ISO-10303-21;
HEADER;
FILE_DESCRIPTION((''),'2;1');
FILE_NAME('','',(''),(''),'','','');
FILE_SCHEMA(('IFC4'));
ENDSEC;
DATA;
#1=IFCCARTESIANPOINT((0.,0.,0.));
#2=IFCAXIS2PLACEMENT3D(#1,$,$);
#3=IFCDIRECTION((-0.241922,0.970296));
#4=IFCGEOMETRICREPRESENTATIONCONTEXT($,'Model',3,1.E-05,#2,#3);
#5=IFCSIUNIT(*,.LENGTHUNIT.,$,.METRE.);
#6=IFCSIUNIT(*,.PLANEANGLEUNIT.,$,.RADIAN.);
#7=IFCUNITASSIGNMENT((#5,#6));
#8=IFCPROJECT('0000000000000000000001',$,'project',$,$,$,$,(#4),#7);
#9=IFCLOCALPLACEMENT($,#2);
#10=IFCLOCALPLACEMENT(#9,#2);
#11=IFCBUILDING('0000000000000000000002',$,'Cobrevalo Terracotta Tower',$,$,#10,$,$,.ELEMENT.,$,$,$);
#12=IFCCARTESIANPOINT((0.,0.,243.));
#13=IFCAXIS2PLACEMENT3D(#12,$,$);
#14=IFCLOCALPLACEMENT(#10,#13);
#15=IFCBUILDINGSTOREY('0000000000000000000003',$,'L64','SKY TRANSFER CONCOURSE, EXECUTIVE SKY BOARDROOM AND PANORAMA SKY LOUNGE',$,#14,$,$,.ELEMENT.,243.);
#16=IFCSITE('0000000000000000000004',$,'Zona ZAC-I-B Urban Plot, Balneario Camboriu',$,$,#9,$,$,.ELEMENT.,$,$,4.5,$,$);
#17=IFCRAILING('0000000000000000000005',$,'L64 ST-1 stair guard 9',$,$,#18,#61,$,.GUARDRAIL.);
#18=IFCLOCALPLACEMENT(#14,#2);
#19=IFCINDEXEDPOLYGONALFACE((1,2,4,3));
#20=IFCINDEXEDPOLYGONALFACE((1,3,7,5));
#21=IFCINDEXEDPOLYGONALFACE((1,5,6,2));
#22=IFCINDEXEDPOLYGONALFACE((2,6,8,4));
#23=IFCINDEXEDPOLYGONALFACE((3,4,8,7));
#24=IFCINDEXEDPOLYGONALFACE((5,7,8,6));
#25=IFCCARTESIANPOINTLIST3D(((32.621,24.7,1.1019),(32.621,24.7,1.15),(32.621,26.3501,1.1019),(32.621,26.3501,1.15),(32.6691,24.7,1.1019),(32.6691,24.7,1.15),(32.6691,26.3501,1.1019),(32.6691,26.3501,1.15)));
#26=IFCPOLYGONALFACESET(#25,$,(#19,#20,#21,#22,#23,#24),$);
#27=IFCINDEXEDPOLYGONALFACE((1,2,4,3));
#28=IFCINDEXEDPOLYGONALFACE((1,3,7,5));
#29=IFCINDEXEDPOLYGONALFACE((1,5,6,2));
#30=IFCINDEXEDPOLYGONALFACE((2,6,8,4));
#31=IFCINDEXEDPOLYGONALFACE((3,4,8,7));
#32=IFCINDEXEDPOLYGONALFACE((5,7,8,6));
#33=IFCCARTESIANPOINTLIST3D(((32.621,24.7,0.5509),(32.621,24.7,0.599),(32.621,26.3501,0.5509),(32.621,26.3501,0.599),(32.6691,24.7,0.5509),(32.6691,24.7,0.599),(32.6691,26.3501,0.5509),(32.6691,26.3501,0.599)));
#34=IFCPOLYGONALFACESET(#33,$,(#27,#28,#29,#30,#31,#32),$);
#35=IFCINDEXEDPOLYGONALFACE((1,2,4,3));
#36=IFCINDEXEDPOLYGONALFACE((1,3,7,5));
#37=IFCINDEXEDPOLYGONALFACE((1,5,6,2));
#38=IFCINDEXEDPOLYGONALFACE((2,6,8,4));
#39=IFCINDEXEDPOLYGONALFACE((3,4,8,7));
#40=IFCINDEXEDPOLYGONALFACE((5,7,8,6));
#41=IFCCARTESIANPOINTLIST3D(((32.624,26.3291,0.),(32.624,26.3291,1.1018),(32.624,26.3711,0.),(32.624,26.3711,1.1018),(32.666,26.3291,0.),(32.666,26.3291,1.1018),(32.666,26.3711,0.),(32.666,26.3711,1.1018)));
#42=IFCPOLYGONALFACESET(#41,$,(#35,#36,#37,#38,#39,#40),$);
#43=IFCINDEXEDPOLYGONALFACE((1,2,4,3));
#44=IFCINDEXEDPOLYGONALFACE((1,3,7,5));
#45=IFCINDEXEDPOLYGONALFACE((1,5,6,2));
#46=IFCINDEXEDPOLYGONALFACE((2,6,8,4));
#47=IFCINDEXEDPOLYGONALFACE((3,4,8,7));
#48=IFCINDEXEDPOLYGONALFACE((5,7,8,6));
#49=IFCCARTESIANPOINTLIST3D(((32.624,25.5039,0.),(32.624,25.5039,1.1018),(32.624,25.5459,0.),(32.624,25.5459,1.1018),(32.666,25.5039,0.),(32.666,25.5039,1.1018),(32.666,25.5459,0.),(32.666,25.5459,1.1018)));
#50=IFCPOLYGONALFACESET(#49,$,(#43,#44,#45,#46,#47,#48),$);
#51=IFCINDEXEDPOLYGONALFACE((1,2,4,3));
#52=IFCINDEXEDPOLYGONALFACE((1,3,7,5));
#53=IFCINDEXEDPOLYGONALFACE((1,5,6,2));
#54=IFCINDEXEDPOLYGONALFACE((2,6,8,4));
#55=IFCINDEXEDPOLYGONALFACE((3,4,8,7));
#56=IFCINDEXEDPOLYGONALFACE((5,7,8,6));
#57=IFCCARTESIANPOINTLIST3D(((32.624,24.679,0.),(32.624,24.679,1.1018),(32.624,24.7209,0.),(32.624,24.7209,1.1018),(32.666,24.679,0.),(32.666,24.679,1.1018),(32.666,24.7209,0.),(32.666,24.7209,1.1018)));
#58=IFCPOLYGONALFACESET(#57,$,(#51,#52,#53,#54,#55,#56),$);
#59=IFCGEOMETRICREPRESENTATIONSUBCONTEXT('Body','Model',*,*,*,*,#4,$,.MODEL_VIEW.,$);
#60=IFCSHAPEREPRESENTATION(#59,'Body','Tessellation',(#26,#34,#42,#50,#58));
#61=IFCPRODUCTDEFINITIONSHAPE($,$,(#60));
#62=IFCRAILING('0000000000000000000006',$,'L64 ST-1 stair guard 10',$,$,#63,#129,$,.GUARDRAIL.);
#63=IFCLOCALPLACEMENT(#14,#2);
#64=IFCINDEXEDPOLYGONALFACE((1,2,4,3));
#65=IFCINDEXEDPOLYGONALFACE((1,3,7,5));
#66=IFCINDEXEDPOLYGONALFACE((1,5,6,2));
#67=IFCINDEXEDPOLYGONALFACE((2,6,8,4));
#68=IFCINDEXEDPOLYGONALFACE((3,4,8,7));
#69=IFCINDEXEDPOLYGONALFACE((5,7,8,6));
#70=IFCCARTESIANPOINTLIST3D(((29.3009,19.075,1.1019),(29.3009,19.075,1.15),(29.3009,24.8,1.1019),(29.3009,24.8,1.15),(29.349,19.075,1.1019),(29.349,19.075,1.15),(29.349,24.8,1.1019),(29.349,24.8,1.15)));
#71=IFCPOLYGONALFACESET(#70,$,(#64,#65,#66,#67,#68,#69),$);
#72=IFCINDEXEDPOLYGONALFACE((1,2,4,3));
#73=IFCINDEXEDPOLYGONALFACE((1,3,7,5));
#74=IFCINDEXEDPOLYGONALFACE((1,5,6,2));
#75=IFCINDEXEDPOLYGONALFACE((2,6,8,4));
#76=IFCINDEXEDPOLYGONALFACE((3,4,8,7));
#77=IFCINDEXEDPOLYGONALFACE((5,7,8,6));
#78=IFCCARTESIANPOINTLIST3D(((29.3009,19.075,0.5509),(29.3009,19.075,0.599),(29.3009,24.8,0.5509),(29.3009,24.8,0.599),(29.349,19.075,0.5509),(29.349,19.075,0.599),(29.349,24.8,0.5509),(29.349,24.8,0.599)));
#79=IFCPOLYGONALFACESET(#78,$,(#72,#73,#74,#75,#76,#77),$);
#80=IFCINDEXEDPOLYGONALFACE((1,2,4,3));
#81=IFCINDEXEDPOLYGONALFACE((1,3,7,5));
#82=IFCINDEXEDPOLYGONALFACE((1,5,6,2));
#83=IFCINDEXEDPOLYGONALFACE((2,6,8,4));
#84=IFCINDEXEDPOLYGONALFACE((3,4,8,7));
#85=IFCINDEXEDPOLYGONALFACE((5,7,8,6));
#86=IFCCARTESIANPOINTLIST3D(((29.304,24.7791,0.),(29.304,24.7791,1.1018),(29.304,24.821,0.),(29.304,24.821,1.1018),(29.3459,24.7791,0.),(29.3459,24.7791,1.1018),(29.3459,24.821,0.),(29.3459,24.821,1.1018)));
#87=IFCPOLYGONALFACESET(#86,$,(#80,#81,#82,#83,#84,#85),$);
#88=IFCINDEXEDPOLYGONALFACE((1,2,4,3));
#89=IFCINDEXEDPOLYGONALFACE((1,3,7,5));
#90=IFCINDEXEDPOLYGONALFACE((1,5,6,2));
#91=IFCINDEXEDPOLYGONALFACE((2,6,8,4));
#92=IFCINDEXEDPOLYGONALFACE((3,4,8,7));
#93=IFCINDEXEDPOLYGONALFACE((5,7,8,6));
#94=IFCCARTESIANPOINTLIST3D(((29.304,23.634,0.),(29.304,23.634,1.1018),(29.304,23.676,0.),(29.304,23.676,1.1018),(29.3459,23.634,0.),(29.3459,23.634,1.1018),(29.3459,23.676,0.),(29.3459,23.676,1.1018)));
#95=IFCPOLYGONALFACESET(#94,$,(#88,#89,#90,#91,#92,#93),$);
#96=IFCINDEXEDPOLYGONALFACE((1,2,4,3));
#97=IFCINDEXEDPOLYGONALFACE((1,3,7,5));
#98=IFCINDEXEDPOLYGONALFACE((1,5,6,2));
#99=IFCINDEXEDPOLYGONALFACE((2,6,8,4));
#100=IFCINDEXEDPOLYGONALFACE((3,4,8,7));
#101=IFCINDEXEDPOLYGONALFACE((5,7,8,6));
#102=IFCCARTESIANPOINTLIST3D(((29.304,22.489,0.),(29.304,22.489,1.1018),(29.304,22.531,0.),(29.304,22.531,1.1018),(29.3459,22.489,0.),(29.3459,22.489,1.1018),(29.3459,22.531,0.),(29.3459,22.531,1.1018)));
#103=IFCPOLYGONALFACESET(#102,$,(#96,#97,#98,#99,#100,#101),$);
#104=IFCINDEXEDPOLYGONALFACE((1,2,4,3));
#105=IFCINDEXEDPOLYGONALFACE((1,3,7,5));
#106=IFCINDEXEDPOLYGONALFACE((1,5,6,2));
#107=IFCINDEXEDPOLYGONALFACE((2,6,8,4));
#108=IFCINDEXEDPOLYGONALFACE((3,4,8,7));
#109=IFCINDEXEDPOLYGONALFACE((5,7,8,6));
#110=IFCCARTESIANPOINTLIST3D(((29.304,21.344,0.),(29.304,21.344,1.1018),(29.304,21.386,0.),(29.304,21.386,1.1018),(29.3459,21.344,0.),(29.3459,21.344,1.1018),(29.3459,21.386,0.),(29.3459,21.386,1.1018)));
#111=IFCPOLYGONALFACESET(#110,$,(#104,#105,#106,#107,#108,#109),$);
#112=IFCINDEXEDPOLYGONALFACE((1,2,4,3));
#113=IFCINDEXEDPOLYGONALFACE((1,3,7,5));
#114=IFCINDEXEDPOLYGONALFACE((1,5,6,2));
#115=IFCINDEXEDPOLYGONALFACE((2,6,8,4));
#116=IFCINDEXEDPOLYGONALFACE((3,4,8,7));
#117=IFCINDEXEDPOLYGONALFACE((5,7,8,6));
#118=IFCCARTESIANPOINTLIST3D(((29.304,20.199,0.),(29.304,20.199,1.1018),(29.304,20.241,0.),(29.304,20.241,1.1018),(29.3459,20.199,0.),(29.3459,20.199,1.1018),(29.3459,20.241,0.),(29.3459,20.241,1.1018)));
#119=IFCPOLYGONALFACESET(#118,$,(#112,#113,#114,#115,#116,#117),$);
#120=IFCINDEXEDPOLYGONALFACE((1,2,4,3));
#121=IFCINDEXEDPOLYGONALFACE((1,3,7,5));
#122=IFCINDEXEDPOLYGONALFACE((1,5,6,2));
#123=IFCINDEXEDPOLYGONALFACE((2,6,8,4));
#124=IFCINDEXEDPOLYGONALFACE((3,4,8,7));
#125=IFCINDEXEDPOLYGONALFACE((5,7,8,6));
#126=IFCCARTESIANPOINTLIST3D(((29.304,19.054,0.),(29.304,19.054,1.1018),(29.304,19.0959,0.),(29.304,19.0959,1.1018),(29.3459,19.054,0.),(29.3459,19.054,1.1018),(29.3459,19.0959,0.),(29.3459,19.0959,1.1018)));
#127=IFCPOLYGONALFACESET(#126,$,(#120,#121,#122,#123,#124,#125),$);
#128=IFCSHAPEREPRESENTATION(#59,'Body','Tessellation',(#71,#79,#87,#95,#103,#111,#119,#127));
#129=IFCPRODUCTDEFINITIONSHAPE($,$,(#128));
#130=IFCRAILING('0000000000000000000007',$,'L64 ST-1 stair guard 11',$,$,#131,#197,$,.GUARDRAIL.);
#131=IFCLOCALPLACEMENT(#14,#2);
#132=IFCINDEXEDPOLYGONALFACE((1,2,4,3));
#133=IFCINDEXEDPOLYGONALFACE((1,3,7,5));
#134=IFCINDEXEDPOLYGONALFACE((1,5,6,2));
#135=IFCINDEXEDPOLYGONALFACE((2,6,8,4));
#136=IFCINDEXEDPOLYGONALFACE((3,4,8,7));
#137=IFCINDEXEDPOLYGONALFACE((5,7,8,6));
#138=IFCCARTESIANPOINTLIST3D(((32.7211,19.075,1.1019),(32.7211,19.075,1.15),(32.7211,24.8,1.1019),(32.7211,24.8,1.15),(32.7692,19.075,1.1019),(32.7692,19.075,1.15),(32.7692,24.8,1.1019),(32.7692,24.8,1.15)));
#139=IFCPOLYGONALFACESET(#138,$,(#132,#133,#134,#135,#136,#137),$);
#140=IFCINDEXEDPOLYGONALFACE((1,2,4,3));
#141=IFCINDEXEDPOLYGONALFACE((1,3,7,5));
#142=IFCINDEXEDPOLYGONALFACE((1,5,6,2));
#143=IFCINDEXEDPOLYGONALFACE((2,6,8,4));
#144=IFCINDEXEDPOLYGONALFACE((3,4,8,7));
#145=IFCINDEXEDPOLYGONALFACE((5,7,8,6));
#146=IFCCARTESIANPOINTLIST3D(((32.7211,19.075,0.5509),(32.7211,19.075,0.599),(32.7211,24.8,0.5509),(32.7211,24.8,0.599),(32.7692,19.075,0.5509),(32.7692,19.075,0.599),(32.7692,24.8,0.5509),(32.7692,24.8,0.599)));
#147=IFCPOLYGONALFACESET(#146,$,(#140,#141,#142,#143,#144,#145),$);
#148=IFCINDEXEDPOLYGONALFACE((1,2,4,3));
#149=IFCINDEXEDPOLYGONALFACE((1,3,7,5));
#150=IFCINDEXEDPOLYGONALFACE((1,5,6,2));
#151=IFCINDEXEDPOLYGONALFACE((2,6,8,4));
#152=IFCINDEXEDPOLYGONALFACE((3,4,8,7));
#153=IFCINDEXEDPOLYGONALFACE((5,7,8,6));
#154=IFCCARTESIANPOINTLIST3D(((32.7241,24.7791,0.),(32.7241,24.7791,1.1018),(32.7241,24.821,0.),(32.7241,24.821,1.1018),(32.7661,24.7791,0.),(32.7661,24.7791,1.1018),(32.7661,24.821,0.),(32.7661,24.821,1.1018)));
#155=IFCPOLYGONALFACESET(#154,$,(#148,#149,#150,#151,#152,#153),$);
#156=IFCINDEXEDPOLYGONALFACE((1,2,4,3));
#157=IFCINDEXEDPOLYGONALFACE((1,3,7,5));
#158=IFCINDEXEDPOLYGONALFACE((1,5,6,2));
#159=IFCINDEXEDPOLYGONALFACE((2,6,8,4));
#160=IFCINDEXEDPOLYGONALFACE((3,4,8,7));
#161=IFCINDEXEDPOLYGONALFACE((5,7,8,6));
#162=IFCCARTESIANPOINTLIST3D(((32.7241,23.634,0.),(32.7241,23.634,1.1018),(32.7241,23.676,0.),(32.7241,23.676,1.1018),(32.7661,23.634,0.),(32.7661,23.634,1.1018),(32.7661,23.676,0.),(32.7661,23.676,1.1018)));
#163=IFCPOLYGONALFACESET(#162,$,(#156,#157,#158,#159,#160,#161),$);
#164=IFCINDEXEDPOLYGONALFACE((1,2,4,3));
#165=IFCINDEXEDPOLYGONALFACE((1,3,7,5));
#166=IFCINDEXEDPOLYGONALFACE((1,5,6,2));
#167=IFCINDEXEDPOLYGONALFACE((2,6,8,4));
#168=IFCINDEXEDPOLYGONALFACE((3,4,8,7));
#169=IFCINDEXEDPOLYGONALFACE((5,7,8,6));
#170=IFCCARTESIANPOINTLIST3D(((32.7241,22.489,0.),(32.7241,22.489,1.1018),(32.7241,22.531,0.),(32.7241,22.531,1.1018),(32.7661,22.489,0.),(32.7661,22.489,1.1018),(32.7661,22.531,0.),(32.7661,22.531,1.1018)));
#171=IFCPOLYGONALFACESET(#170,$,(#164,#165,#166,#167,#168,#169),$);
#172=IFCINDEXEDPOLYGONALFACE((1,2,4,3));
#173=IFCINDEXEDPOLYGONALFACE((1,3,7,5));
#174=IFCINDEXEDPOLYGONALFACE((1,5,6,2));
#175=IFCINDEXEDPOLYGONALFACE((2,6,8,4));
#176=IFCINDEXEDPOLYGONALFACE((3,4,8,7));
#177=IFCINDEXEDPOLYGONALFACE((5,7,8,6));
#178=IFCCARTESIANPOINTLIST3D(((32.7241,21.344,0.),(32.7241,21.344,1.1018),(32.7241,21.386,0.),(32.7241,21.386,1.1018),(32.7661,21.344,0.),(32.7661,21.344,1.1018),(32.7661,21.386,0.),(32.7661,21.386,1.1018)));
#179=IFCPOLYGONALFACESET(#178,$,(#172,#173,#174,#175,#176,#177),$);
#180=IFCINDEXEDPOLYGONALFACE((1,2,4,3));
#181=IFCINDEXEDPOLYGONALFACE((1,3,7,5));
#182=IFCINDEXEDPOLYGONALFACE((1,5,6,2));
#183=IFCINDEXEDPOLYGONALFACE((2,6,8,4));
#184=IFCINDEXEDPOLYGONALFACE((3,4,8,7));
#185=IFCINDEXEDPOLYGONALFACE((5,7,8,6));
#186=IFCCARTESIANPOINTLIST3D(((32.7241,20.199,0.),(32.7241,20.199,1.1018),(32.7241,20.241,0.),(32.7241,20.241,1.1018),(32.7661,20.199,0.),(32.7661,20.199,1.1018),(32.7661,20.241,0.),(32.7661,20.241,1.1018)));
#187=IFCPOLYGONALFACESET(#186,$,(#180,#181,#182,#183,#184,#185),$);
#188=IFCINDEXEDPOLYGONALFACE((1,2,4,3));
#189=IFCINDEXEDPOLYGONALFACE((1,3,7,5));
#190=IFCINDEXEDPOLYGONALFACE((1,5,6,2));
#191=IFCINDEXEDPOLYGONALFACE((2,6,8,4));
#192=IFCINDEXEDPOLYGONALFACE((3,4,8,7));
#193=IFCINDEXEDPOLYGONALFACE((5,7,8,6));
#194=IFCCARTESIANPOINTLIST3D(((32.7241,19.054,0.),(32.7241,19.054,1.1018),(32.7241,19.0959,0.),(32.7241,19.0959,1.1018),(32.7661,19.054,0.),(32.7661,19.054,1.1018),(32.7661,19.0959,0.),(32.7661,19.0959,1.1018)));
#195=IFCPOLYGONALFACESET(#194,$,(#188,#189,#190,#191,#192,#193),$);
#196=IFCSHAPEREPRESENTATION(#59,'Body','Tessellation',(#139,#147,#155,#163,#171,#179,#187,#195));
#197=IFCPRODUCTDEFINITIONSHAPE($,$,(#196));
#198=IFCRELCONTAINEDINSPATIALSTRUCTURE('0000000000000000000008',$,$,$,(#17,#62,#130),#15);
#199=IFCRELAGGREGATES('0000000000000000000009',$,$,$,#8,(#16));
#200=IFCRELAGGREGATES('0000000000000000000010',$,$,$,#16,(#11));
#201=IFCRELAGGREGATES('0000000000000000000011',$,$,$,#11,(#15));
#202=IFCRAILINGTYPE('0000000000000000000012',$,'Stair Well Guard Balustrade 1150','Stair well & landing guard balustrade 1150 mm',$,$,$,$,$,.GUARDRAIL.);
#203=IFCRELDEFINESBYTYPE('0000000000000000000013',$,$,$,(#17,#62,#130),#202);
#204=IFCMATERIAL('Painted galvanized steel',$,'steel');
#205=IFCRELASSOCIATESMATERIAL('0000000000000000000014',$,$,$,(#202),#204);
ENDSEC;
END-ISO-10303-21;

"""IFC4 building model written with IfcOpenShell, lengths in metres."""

from ifc_helpers import new_model, si_unit, direction, frame, origin, origin_2d, place, context, subcontext, project, spatial, rectangle, extrude, material, type_object, element, save


model = new_model("IFC4")

# Units and contexts
model_context = context("Model", 3, precision=1e-05, world=origin(), true_north=direction((-0.241922, 0.970296)))
body_context = subcontext(model_context, "Body", "Model", "MODEL_VIEW")
ifc_project = project(units=[si_unit("LENGTHUNIT", "METRE"), si_unit("PLANEANGLEUNIT", "RADIAN")], contexts=[model_context])

# Site, building, storey
site_placement = place(None, origin())
site = spatial("IfcSite", under=ifc_project, at=site_placement, Name="Zona ZAC-I-B Urban Plot, Balneario Camboriu", CompositionType="ELEMENT", RefElevation=4.5)
building_placement = place(site_placement, origin())
building = spatial("IfcBuilding", under=site, at=building_placement, Name="Cobrevalo Terracotta Tower", CompositionType="ELEMENT")
storey_placement = place(building_placement, frame((0.0, 0.0, 243.0)))
storey = spatial("IfcBuildingStorey", under=building, at=storey_placement, Name="L64", Description="SKY TRANSFER CONCOURSE, EXECUTIVE SKY BOARDROOM AND PANORAMA SKY LOUNGE", CompositionType="ELEMENT", Elevation=243.0)

# Railings
ifc_material_1 = material(Name="Painted galvanized steel", Category="steel")
railing_type_1 = type_object("IfcRailingType", Name="Stair Well Guard Balustrade 1150", Description="Stair well & landing guard balustrade 1150 mm", PredefinedType="GUARDRAIL", material=ifc_material_1)
for number, where, name in (
    (1, (32.645, 26.3501, 0.0), "L64 ST-1 stair guard 9"),
):
    element("IfcRailing", number, at=place(storey_placement, frame(where)), inside=storey, type_object=railing_type_1, Name=name, PredefinedType="GUARDRAIL", context=body_context, shape_type="SweptSolid", body=[
        extrude(rectangle(XDim=0.0481, YDim=0.0481, at=origin_2d()), frame((0.0, 0.0, 1.126), z_axis=(0.0, -1.0, 0.0), x_axis=(1.0, 0.0, 0.0)), (0.0, 0.0, 1.0), 1.6501),
        extrude(rectangle(XDim=0.0481, YDim=0.0481, at=origin_2d()), frame((0.0, 0.0, 0.575), z_axis=(0.0, -1.0, 0.0), x_axis=(1.0, 0.0, 0.0)), (0.0, 0.0, 1.0), 1.6501),
        extrude(rectangle(XDim=0.042, YDim=0.042, at=origin_2d()), origin(), (0.0, 0.0, 1.0), 1.1018),
        extrude(rectangle(XDim=0.042, YDim=0.042, at=origin_2d()), frame((0.0, -0.8252, 0.0)), (0.0, 0.0, 1.0), 1.1018),
        extrude(rectangle(XDim=0.042, YDim=0.042, at=origin_2d()), frame((0.0, -1.6501, 0.0)), (0.0, 0.0, 1.0), 1.1018),
    ])
for number, where, name in (
    (2, (29.325, 24.8, 0.0), "L64 ST-1 stair guard 10"),
    (3, (32.7451, 24.8, 0.0), "L64 ST-1 stair guard 11"),
):
    element("IfcRailing", number, at=place(storey_placement, frame(where)), inside=storey, type_object=railing_type_1, Name=name, PredefinedType="GUARDRAIL", context=body_context, shape_type="SweptSolid", body=[
        extrude(rectangle(XDim=0.0481, YDim=0.0481, at=origin_2d()), frame((0.0, 0.0, 1.126), z_axis=(0.0, -1.0, 0.0), x_axis=(1.0, 0.0, 0.0)), (0.0, 0.0, 1.0), 5.7251),
        extrude(rectangle(XDim=0.0481, YDim=0.0481, at=origin_2d()), frame((0.0, 0.0, 0.575), z_axis=(0.0, -1.0, 0.0), x_axis=(1.0, 0.0, 0.0)), (0.0, 0.0, 1.0), 5.7251),
        extrude(rectangle(XDim=0.042, YDim=0.042, at=origin_2d()), origin(), (0.0, 0.0, 1.0), 1.1018),
        extrude(rectangle(XDim=0.042, YDim=0.042, at=origin_2d()), frame((0.0, -1.145, 0.0)), (0.0, 0.0, 1.0), 1.1018),
        extrude(rectangle(XDim=0.042, YDim=0.042, at=origin_2d()), frame((0.0, -2.29, 0.0)), (0.0, 0.0, 1.0), 1.1018),
        extrude(rectangle(XDim=0.042, YDim=0.042, at=origin_2d()), frame((0.0, -3.4351, 0.0)), (0.0, 0.0, 1.0), 1.1018),
        extrude(rectangle(XDim=0.042, YDim=0.042, at=origin_2d()), frame((0.0, -4.5801, 0.0)), (0.0, 0.0, 1.0), 1.1018),
        extrude(rectangle(XDim=0.042, YDim=0.042, at=origin_2d()), frame((0.0, -5.7251, 0.0)), (0.0, 0.0, 1.0), 1.1018),
    ])

save(model, "model.ifc")
